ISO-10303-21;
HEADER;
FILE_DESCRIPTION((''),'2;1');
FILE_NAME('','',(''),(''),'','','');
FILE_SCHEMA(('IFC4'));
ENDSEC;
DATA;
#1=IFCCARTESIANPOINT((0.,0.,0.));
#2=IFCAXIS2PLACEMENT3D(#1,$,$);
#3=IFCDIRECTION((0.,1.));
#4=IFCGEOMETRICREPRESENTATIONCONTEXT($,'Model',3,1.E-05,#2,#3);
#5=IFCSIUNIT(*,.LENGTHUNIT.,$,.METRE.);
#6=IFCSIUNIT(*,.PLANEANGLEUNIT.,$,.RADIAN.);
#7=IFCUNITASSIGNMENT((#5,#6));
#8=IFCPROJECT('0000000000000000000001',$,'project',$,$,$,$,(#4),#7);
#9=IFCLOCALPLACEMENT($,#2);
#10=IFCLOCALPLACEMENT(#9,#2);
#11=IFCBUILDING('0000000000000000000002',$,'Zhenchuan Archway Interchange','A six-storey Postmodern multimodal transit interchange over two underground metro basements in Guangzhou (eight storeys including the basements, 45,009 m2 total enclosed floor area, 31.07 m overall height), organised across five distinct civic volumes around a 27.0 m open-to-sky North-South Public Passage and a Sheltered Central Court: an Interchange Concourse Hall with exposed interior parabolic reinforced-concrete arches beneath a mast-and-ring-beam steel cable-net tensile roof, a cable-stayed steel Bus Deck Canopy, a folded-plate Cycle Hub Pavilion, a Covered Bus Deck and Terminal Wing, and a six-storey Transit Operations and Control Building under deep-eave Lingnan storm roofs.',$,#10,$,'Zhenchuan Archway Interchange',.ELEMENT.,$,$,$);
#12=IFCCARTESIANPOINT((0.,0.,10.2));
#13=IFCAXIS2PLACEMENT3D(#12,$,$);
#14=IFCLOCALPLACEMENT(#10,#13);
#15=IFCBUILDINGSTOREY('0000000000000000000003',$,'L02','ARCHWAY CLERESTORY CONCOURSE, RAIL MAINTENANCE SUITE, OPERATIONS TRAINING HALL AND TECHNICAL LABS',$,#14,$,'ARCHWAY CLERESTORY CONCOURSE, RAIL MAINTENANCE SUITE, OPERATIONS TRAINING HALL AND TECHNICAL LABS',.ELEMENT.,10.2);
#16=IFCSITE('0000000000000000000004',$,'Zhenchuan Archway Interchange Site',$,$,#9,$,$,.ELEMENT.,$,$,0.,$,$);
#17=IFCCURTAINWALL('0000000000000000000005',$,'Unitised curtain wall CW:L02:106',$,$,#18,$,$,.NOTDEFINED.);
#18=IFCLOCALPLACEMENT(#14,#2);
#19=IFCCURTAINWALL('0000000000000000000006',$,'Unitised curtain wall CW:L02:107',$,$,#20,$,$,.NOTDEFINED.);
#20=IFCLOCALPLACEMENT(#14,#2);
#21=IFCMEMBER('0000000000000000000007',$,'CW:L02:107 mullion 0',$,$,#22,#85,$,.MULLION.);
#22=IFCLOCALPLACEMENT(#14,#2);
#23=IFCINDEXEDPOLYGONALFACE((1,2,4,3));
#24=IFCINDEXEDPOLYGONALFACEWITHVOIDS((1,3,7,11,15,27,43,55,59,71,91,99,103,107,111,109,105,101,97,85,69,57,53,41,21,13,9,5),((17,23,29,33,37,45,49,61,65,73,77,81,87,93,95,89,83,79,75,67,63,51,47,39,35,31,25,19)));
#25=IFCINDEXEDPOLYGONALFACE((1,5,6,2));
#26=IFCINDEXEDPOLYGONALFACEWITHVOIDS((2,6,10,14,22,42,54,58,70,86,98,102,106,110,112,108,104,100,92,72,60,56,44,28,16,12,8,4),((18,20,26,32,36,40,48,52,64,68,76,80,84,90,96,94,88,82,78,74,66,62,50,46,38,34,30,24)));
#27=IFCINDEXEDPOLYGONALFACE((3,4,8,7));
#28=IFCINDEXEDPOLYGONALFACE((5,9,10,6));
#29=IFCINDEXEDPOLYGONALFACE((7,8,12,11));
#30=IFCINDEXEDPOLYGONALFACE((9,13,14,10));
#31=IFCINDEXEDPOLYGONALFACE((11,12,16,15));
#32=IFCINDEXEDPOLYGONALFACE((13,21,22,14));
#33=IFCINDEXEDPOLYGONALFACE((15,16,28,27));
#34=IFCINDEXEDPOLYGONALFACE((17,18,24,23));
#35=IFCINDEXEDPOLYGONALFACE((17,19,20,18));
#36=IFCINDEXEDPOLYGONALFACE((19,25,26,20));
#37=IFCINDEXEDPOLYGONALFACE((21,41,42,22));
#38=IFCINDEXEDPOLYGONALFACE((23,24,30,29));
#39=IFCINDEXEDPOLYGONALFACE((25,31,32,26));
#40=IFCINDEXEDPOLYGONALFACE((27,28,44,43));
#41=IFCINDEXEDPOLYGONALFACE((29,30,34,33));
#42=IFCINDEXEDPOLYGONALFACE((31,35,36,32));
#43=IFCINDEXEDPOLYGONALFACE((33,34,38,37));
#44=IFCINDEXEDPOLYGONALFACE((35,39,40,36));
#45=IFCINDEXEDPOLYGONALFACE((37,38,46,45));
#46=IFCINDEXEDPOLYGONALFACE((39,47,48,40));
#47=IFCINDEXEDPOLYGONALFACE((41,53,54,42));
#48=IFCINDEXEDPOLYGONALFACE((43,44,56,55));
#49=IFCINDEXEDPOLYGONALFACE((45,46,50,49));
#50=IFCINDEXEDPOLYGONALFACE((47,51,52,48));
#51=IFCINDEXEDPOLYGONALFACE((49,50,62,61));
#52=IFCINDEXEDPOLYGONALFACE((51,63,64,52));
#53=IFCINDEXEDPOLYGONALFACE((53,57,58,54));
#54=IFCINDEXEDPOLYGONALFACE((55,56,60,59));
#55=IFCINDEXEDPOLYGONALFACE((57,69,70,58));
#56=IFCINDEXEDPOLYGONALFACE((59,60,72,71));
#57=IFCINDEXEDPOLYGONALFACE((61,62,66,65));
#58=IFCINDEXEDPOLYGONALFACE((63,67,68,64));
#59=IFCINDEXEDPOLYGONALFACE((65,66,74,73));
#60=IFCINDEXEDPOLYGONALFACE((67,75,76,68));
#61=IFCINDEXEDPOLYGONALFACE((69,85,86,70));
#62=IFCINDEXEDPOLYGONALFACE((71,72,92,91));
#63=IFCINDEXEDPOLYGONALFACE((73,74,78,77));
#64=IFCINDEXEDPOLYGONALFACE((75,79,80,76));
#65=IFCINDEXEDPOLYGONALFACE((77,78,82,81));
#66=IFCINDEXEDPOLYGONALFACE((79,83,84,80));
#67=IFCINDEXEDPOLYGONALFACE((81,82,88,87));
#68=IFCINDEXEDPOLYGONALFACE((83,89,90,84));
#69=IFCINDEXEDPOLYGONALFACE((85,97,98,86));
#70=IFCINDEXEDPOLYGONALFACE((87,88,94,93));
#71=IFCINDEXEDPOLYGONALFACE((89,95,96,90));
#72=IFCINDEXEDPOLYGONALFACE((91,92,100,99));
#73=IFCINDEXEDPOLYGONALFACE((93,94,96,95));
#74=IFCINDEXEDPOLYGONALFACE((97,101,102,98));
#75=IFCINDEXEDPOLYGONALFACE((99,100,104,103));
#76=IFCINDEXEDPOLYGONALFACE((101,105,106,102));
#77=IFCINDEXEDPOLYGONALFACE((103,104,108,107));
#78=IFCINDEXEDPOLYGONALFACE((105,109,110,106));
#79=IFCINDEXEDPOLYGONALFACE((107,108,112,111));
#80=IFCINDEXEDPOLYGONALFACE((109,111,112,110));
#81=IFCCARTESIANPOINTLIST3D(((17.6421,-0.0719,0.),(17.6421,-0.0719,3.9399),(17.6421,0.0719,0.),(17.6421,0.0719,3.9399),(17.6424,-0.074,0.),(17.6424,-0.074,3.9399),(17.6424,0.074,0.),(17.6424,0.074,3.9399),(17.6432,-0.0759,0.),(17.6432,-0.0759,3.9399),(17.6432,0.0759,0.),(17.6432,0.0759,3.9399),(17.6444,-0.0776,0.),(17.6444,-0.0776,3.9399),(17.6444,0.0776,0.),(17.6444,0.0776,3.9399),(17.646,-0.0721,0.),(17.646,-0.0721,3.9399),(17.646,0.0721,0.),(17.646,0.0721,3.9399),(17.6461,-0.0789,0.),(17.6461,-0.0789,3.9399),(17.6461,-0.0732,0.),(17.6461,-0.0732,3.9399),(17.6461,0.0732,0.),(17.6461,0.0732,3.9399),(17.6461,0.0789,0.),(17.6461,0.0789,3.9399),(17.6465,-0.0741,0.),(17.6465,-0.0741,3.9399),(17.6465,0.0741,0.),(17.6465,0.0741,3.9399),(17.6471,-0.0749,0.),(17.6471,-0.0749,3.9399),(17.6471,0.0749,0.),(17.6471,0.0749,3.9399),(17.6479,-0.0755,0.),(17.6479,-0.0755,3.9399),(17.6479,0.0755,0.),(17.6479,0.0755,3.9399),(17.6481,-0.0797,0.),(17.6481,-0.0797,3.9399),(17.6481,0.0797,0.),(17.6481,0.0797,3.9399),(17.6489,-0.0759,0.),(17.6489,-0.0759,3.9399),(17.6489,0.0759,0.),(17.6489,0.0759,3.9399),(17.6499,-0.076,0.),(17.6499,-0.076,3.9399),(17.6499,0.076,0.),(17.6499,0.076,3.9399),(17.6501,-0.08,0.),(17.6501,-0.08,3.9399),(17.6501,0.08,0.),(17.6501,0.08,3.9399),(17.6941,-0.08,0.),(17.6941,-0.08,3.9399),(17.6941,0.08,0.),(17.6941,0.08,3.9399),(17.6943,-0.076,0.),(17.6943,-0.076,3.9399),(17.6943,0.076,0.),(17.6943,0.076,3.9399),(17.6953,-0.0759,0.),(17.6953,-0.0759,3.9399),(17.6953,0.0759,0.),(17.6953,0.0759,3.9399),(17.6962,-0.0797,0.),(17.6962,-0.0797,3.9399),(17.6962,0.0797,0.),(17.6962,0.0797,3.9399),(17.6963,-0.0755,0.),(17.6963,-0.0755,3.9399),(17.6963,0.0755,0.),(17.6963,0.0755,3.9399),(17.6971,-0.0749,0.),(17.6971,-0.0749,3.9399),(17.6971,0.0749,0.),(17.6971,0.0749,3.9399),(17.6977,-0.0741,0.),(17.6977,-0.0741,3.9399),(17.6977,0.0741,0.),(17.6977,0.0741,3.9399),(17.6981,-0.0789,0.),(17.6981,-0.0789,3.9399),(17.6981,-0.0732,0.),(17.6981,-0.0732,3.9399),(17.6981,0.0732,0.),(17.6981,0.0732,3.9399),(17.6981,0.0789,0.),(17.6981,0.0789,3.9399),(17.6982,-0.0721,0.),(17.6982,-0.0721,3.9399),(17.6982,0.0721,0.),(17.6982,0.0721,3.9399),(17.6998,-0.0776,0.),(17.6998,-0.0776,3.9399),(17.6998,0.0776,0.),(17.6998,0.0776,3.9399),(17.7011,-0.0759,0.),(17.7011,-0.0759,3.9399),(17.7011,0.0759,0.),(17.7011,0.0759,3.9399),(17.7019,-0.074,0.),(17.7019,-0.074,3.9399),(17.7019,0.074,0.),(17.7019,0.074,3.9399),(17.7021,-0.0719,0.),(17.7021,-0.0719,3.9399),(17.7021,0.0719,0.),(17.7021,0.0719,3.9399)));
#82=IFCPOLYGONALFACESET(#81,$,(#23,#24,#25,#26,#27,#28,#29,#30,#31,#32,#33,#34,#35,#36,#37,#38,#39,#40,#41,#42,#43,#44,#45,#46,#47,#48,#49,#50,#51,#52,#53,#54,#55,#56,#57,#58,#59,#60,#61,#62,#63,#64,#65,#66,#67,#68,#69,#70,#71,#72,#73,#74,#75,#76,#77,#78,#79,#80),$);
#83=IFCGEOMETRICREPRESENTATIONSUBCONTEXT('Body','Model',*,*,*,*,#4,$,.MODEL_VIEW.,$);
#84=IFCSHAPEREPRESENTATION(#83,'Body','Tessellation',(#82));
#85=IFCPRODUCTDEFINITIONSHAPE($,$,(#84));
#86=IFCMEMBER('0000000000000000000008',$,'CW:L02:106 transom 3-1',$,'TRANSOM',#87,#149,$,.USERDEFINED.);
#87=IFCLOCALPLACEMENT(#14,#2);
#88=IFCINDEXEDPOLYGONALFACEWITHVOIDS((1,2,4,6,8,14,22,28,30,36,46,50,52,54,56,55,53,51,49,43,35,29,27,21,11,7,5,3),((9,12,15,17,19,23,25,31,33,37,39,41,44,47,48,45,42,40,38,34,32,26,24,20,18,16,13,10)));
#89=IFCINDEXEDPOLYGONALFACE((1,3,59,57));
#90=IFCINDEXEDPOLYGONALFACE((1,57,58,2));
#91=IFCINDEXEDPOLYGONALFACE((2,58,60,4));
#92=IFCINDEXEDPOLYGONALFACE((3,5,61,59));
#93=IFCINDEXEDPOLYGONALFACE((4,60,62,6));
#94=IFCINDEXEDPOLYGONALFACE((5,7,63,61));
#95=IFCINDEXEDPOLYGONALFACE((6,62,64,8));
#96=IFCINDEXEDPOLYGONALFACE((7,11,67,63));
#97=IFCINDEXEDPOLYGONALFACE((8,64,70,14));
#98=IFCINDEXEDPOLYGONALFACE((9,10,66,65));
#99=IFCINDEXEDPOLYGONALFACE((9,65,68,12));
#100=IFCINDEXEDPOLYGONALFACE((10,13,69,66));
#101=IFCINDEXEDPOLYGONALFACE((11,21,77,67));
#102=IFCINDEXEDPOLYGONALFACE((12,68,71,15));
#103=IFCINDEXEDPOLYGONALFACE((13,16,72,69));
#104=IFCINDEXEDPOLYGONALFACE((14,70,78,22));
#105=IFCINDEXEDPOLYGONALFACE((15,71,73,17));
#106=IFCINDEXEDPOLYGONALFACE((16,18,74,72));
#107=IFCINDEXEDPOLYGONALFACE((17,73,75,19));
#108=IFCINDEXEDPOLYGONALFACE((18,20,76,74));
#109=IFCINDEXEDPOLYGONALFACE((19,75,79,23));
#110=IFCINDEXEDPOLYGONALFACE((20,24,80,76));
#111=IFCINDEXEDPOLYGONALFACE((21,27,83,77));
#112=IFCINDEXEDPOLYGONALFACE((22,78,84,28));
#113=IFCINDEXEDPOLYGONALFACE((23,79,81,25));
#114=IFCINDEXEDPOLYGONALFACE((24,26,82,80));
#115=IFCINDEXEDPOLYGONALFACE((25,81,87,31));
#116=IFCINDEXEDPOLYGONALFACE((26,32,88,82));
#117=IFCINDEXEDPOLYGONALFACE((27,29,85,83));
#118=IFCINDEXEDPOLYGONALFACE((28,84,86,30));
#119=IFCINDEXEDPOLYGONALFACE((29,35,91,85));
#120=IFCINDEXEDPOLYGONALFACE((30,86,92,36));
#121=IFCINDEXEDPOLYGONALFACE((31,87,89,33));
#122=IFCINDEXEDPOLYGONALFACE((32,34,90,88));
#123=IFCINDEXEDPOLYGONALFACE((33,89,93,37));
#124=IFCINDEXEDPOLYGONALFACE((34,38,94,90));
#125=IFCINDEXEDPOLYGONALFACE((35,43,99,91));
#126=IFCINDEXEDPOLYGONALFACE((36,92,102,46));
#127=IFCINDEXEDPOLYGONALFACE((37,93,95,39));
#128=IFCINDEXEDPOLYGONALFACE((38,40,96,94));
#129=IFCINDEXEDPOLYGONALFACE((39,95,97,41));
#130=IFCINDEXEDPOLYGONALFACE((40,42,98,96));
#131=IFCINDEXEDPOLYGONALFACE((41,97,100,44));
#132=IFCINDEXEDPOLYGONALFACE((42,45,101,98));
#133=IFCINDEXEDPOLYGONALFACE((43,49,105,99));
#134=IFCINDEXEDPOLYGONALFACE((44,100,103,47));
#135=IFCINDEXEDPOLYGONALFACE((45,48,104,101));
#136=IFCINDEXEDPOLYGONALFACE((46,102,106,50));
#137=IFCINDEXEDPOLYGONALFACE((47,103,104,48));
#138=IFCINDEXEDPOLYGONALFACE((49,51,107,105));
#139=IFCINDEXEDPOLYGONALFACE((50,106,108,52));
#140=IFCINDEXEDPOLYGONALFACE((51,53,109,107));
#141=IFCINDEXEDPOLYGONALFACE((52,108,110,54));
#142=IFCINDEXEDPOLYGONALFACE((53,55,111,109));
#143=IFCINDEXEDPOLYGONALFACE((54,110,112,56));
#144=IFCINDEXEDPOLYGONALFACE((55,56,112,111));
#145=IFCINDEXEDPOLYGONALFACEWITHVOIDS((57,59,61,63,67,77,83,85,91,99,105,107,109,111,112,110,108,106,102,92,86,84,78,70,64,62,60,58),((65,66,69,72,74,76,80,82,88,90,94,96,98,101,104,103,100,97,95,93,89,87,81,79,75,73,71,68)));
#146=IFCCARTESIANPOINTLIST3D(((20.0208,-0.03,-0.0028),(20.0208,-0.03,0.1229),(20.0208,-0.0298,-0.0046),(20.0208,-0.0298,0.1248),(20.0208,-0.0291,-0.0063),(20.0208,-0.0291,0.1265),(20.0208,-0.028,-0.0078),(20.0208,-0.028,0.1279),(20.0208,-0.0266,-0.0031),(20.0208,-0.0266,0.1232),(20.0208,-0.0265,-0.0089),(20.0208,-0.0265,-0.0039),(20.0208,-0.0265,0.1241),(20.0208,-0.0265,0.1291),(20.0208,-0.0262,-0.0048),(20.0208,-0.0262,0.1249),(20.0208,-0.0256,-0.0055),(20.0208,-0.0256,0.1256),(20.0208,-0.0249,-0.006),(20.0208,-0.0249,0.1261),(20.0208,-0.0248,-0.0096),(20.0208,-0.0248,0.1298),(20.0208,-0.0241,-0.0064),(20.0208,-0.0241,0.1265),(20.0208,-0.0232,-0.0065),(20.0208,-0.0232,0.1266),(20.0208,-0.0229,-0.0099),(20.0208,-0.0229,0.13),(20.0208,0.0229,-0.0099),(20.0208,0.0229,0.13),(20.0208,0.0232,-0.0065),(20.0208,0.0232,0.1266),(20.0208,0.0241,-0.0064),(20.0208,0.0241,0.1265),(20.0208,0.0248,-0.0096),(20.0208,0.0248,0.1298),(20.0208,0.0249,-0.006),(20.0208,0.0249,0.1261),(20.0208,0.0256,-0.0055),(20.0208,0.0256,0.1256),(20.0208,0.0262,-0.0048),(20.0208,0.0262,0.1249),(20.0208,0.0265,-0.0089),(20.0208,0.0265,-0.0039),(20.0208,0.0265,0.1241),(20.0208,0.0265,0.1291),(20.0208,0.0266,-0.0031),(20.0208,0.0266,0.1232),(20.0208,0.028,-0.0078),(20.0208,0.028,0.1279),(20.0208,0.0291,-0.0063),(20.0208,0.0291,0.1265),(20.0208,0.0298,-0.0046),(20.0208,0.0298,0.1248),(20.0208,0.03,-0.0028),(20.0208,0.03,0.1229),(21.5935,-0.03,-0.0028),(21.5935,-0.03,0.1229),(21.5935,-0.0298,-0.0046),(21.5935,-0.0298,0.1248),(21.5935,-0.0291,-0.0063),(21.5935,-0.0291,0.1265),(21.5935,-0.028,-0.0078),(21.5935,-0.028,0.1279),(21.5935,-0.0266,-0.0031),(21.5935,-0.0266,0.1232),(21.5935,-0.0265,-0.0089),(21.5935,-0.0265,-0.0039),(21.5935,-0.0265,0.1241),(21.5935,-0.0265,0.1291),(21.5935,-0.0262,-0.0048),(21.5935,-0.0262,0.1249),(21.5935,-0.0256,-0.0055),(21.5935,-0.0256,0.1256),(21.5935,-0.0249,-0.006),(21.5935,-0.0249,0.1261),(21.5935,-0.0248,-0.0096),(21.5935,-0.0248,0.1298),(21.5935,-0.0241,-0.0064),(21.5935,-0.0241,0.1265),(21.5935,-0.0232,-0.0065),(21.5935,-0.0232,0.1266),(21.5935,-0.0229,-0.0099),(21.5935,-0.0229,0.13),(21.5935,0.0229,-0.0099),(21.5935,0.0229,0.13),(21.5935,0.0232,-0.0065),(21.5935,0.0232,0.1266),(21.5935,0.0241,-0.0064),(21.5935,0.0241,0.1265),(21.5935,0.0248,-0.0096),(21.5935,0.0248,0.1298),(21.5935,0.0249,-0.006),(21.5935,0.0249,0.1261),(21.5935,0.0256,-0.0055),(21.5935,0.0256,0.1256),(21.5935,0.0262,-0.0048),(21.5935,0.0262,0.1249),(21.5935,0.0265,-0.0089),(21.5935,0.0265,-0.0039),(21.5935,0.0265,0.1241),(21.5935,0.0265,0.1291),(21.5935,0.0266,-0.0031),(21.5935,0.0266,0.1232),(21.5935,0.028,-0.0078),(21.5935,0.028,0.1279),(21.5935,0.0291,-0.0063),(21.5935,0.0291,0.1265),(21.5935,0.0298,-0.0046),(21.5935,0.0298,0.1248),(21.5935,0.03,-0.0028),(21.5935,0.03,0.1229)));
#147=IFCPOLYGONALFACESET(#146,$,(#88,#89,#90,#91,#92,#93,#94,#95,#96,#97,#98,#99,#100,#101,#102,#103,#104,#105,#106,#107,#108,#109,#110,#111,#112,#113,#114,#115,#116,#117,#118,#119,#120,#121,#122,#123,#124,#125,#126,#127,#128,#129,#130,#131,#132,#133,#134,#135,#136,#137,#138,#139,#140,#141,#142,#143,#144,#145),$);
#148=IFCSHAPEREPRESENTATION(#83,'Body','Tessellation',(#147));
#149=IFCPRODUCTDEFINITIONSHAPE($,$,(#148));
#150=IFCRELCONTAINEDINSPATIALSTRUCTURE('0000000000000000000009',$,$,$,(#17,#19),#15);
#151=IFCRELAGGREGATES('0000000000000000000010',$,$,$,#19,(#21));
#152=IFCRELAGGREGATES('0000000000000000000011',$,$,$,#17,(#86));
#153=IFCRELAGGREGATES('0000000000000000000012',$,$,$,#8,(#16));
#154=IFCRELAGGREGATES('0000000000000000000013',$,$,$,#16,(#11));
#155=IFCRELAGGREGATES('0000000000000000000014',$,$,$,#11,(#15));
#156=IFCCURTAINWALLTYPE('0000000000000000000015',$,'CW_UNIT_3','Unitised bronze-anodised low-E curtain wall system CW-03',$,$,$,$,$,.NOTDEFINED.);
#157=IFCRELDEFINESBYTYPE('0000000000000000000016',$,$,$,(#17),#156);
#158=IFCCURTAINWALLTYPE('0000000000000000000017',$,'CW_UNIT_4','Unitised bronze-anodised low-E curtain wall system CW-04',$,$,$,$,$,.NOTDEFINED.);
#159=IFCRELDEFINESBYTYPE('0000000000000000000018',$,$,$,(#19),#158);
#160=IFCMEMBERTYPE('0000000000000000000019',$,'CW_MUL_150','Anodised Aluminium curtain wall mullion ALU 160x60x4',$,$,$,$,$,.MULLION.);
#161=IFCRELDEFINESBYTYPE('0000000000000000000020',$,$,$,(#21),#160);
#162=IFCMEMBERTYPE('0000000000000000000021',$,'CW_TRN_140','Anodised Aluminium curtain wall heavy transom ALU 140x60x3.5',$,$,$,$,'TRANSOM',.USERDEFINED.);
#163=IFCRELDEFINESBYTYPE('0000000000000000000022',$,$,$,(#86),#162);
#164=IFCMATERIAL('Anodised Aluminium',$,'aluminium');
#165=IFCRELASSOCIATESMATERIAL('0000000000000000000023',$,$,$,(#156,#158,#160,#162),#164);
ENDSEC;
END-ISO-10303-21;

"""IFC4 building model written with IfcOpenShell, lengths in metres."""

from ifc_helpers import new_model, si_unit, direction, frame, origin, origin_2d, place, context, subcontext, project, spatial, hollow_rectangle, extrude, material, material_profile, profile_set, type_object, element, aggregate, save


model = new_model("IFC4")

# Units and contexts
model_context = context("Model", 3, precision=1e-05, world=origin(), true_north=direction((0.0, 1.0)))
body_context = subcontext(model_context, "Body", "Model", "MODEL_VIEW")
ifc_project = project(units=[si_unit("LENGTHUNIT", "METRE"), si_unit("PLANEANGLEUNIT", "RADIAN")], contexts=[model_context])

# Site, building, storey
site_placement = place(None, origin())
site = spatial("IfcSite", under=ifc_project, at=site_placement, Name="Zhenchuan Archway Interchange Site", CompositionType="ELEMENT", RefElevation=0.0)
building_placement = place(site_placement, origin())
building = spatial("IfcBuilding", under=site, at=building_placement, Name="Zhenchuan Archway Interchange", Description="A six-storey Postmodern multimodal transit interchange over two underground metro basements in Guangzhou (eight storeys including the basements, 45,009 m2 total enclosed floor area, 31.07 m overall height), organised across five distinct civic volumes around a 27.0 m open-to-sky North-South Public Passage and a Sheltered Central Court: an Interchange Concourse Hall with exposed interior parabolic reinforced-concrete arches beneath a mast-and-ring-beam steel cable-net tensile roof, a cable-stayed steel Bus Deck Canopy, a folded-plate Cycle Hub Pavilion, a Covered Bus Deck and Terminal Wing, and a six-storey Transit Operations and Control Building under deep-eave Lingnan storm roofs.", LongName="Zhenchuan Archway Interchange", CompositionType="ELEMENT")
storey_placement = place(building_placement, frame((0.0, 0.0, 10.2)))
storey = spatial("IfcBuildingStorey", under=building, at=storey_placement, Name="L02", Description="ARCHWAY CLERESTORY CONCOURSE, RAIL MAINTENANCE SUITE, OPERATIONS TRAINING HALL AND TECHNICAL LABS", LongName="ARCHWAY CLERESTORY CONCOURSE, RAIL MAINTENANCE SUITE, OPERATIONS TRAINING HALL AND TECHNICAL LABS", CompositionType="ELEMENT", Elevation=10.2)

# Curtain wall
ifc_material_1 = material(Name="Anodised Aluminium", Category="aluminium")
curtain_wall_type_1 = type_object("IfcCurtainWallType", Name="CW_UNIT_3", Description="Unitised bronze-anodised low-E curtain wall system CW-03", PredefinedType="NOTDEFINED", material=ifc_material_1)
curtain_wall_1_placement = place(storey_placement, origin())
curtain_wall_1 = element("IfcCurtainWall", 1, at=curtain_wall_1_placement, inside=storey, type_object=curtain_wall_type_1, Name="Unitised curtain wall CW:L02:106", PredefinedType="NOTDEFINED")
ifc_material_profile_1 = material_profile(ifc_material_1, hollow_rectangle(XDim=0.0601, YDim=0.1599, WallThickness=0.0039, InnerFilletRadius=0.0039, OuterFilletRadius=0.0081, at=origin_2d()), Name="ALU 160x60x4")
ifc_profile_set_1 = profile_set([ifc_material_profile_1], Name="Anodised Aluminium")
member_type_1 = type_object("IfcMemberType", Name="CW_MUL_150", Description="Anodised Aluminium curtain wall mullion ALU 160x60x4", PredefinedType="MULLION", material=ifc_profile_set_1)

# Curtain wall, member
curtain_wall_type_2 = type_object("IfcCurtainWallType", Name="CW_UNIT_4", Description="Unitised bronze-anodised low-E curtain wall system CW-04", PredefinedType="NOTDEFINED", material=ifc_material_1)
curtain_wall_2_placement = place(storey_placement, origin())
curtain_wall_2 = element("IfcCurtainWall", 2, at=curtain_wall_2_placement, inside=storey, type_object=curtain_wall_type_2, Name="Unitised curtain wall CW:L02:107", PredefinedType="NOTDEFINED")
member_1_placement = place(storey_placement, frame((17.6721, 0.0, 0.0), z_axis=(0.0, 0.0, 1.0), x_axis=(1.0, 0.0, 0.0)))
member_1 = element("IfcMember", 3, at=member_1_placement, type_object=member_type_1, Name="CW:L02:107 mullion 0", PredefinedType="MULLION", context=body_context, shape_type="SweptSolid", body=[
    extrude(hollow_rectangle(XDim=0.0601, YDim=0.1599, WallThickness=0.0039, InnerFilletRadius=0.0039, OuterFilletRadius=0.0081, at=origin_2d()), origin(), (0.0, 0.0, 1.0), 3.9399),
])

# Member
ifc_material_profile_2 = material_profile(ifc_material_1, hollow_rectangle(XDim=0.0601, YDim=0.1399, WallThickness=0.0034, InnerFilletRadius=0.0034, OuterFilletRadius=0.0071, at=origin_2d()), Name="ALU 140x60x3.5")
ifc_profile_set_2 = profile_set([ifc_material_profile_2], Name="Anodised Aluminium")
member_type_2 = type_object("IfcMemberType", Name="CW_TRN_140", Description="Anodised Aluminium curtain wall heavy transom ALU 140x60x3.5", ElementType="TRANSOM", PredefinedType="USERDEFINED", material=ifc_profile_set_2)
member_2_placement = place(storey_placement, frame((21.5935, 0.0, 0.0601), z_axis=(-1.0, 0.0, 0.0), x_axis=(0.0, -1.0, 0.0)))
member_2 = element("IfcMember", 4, at=member_2_placement, type_object=member_type_2, Name="CW:L02:106 transom 3-1", ObjectType="TRANSOM", PredefinedType="USERDEFINED", context=body_context, shape_type="SweptSolid", body=[
    extrude(hollow_rectangle(XDim=0.0601, YDim=0.1399, WallThickness=0.0034, InnerFilletRadius=0.0034, OuterFilletRadius=0.0071, at=origin_2d()), origin(), (0.0, 0.0, 1.0), 1.5728),
])
aggregate(curtain_wall_2, [member_1])

aggregate(curtain_wall_1, [member_2])

save(model, "model.ifc")
